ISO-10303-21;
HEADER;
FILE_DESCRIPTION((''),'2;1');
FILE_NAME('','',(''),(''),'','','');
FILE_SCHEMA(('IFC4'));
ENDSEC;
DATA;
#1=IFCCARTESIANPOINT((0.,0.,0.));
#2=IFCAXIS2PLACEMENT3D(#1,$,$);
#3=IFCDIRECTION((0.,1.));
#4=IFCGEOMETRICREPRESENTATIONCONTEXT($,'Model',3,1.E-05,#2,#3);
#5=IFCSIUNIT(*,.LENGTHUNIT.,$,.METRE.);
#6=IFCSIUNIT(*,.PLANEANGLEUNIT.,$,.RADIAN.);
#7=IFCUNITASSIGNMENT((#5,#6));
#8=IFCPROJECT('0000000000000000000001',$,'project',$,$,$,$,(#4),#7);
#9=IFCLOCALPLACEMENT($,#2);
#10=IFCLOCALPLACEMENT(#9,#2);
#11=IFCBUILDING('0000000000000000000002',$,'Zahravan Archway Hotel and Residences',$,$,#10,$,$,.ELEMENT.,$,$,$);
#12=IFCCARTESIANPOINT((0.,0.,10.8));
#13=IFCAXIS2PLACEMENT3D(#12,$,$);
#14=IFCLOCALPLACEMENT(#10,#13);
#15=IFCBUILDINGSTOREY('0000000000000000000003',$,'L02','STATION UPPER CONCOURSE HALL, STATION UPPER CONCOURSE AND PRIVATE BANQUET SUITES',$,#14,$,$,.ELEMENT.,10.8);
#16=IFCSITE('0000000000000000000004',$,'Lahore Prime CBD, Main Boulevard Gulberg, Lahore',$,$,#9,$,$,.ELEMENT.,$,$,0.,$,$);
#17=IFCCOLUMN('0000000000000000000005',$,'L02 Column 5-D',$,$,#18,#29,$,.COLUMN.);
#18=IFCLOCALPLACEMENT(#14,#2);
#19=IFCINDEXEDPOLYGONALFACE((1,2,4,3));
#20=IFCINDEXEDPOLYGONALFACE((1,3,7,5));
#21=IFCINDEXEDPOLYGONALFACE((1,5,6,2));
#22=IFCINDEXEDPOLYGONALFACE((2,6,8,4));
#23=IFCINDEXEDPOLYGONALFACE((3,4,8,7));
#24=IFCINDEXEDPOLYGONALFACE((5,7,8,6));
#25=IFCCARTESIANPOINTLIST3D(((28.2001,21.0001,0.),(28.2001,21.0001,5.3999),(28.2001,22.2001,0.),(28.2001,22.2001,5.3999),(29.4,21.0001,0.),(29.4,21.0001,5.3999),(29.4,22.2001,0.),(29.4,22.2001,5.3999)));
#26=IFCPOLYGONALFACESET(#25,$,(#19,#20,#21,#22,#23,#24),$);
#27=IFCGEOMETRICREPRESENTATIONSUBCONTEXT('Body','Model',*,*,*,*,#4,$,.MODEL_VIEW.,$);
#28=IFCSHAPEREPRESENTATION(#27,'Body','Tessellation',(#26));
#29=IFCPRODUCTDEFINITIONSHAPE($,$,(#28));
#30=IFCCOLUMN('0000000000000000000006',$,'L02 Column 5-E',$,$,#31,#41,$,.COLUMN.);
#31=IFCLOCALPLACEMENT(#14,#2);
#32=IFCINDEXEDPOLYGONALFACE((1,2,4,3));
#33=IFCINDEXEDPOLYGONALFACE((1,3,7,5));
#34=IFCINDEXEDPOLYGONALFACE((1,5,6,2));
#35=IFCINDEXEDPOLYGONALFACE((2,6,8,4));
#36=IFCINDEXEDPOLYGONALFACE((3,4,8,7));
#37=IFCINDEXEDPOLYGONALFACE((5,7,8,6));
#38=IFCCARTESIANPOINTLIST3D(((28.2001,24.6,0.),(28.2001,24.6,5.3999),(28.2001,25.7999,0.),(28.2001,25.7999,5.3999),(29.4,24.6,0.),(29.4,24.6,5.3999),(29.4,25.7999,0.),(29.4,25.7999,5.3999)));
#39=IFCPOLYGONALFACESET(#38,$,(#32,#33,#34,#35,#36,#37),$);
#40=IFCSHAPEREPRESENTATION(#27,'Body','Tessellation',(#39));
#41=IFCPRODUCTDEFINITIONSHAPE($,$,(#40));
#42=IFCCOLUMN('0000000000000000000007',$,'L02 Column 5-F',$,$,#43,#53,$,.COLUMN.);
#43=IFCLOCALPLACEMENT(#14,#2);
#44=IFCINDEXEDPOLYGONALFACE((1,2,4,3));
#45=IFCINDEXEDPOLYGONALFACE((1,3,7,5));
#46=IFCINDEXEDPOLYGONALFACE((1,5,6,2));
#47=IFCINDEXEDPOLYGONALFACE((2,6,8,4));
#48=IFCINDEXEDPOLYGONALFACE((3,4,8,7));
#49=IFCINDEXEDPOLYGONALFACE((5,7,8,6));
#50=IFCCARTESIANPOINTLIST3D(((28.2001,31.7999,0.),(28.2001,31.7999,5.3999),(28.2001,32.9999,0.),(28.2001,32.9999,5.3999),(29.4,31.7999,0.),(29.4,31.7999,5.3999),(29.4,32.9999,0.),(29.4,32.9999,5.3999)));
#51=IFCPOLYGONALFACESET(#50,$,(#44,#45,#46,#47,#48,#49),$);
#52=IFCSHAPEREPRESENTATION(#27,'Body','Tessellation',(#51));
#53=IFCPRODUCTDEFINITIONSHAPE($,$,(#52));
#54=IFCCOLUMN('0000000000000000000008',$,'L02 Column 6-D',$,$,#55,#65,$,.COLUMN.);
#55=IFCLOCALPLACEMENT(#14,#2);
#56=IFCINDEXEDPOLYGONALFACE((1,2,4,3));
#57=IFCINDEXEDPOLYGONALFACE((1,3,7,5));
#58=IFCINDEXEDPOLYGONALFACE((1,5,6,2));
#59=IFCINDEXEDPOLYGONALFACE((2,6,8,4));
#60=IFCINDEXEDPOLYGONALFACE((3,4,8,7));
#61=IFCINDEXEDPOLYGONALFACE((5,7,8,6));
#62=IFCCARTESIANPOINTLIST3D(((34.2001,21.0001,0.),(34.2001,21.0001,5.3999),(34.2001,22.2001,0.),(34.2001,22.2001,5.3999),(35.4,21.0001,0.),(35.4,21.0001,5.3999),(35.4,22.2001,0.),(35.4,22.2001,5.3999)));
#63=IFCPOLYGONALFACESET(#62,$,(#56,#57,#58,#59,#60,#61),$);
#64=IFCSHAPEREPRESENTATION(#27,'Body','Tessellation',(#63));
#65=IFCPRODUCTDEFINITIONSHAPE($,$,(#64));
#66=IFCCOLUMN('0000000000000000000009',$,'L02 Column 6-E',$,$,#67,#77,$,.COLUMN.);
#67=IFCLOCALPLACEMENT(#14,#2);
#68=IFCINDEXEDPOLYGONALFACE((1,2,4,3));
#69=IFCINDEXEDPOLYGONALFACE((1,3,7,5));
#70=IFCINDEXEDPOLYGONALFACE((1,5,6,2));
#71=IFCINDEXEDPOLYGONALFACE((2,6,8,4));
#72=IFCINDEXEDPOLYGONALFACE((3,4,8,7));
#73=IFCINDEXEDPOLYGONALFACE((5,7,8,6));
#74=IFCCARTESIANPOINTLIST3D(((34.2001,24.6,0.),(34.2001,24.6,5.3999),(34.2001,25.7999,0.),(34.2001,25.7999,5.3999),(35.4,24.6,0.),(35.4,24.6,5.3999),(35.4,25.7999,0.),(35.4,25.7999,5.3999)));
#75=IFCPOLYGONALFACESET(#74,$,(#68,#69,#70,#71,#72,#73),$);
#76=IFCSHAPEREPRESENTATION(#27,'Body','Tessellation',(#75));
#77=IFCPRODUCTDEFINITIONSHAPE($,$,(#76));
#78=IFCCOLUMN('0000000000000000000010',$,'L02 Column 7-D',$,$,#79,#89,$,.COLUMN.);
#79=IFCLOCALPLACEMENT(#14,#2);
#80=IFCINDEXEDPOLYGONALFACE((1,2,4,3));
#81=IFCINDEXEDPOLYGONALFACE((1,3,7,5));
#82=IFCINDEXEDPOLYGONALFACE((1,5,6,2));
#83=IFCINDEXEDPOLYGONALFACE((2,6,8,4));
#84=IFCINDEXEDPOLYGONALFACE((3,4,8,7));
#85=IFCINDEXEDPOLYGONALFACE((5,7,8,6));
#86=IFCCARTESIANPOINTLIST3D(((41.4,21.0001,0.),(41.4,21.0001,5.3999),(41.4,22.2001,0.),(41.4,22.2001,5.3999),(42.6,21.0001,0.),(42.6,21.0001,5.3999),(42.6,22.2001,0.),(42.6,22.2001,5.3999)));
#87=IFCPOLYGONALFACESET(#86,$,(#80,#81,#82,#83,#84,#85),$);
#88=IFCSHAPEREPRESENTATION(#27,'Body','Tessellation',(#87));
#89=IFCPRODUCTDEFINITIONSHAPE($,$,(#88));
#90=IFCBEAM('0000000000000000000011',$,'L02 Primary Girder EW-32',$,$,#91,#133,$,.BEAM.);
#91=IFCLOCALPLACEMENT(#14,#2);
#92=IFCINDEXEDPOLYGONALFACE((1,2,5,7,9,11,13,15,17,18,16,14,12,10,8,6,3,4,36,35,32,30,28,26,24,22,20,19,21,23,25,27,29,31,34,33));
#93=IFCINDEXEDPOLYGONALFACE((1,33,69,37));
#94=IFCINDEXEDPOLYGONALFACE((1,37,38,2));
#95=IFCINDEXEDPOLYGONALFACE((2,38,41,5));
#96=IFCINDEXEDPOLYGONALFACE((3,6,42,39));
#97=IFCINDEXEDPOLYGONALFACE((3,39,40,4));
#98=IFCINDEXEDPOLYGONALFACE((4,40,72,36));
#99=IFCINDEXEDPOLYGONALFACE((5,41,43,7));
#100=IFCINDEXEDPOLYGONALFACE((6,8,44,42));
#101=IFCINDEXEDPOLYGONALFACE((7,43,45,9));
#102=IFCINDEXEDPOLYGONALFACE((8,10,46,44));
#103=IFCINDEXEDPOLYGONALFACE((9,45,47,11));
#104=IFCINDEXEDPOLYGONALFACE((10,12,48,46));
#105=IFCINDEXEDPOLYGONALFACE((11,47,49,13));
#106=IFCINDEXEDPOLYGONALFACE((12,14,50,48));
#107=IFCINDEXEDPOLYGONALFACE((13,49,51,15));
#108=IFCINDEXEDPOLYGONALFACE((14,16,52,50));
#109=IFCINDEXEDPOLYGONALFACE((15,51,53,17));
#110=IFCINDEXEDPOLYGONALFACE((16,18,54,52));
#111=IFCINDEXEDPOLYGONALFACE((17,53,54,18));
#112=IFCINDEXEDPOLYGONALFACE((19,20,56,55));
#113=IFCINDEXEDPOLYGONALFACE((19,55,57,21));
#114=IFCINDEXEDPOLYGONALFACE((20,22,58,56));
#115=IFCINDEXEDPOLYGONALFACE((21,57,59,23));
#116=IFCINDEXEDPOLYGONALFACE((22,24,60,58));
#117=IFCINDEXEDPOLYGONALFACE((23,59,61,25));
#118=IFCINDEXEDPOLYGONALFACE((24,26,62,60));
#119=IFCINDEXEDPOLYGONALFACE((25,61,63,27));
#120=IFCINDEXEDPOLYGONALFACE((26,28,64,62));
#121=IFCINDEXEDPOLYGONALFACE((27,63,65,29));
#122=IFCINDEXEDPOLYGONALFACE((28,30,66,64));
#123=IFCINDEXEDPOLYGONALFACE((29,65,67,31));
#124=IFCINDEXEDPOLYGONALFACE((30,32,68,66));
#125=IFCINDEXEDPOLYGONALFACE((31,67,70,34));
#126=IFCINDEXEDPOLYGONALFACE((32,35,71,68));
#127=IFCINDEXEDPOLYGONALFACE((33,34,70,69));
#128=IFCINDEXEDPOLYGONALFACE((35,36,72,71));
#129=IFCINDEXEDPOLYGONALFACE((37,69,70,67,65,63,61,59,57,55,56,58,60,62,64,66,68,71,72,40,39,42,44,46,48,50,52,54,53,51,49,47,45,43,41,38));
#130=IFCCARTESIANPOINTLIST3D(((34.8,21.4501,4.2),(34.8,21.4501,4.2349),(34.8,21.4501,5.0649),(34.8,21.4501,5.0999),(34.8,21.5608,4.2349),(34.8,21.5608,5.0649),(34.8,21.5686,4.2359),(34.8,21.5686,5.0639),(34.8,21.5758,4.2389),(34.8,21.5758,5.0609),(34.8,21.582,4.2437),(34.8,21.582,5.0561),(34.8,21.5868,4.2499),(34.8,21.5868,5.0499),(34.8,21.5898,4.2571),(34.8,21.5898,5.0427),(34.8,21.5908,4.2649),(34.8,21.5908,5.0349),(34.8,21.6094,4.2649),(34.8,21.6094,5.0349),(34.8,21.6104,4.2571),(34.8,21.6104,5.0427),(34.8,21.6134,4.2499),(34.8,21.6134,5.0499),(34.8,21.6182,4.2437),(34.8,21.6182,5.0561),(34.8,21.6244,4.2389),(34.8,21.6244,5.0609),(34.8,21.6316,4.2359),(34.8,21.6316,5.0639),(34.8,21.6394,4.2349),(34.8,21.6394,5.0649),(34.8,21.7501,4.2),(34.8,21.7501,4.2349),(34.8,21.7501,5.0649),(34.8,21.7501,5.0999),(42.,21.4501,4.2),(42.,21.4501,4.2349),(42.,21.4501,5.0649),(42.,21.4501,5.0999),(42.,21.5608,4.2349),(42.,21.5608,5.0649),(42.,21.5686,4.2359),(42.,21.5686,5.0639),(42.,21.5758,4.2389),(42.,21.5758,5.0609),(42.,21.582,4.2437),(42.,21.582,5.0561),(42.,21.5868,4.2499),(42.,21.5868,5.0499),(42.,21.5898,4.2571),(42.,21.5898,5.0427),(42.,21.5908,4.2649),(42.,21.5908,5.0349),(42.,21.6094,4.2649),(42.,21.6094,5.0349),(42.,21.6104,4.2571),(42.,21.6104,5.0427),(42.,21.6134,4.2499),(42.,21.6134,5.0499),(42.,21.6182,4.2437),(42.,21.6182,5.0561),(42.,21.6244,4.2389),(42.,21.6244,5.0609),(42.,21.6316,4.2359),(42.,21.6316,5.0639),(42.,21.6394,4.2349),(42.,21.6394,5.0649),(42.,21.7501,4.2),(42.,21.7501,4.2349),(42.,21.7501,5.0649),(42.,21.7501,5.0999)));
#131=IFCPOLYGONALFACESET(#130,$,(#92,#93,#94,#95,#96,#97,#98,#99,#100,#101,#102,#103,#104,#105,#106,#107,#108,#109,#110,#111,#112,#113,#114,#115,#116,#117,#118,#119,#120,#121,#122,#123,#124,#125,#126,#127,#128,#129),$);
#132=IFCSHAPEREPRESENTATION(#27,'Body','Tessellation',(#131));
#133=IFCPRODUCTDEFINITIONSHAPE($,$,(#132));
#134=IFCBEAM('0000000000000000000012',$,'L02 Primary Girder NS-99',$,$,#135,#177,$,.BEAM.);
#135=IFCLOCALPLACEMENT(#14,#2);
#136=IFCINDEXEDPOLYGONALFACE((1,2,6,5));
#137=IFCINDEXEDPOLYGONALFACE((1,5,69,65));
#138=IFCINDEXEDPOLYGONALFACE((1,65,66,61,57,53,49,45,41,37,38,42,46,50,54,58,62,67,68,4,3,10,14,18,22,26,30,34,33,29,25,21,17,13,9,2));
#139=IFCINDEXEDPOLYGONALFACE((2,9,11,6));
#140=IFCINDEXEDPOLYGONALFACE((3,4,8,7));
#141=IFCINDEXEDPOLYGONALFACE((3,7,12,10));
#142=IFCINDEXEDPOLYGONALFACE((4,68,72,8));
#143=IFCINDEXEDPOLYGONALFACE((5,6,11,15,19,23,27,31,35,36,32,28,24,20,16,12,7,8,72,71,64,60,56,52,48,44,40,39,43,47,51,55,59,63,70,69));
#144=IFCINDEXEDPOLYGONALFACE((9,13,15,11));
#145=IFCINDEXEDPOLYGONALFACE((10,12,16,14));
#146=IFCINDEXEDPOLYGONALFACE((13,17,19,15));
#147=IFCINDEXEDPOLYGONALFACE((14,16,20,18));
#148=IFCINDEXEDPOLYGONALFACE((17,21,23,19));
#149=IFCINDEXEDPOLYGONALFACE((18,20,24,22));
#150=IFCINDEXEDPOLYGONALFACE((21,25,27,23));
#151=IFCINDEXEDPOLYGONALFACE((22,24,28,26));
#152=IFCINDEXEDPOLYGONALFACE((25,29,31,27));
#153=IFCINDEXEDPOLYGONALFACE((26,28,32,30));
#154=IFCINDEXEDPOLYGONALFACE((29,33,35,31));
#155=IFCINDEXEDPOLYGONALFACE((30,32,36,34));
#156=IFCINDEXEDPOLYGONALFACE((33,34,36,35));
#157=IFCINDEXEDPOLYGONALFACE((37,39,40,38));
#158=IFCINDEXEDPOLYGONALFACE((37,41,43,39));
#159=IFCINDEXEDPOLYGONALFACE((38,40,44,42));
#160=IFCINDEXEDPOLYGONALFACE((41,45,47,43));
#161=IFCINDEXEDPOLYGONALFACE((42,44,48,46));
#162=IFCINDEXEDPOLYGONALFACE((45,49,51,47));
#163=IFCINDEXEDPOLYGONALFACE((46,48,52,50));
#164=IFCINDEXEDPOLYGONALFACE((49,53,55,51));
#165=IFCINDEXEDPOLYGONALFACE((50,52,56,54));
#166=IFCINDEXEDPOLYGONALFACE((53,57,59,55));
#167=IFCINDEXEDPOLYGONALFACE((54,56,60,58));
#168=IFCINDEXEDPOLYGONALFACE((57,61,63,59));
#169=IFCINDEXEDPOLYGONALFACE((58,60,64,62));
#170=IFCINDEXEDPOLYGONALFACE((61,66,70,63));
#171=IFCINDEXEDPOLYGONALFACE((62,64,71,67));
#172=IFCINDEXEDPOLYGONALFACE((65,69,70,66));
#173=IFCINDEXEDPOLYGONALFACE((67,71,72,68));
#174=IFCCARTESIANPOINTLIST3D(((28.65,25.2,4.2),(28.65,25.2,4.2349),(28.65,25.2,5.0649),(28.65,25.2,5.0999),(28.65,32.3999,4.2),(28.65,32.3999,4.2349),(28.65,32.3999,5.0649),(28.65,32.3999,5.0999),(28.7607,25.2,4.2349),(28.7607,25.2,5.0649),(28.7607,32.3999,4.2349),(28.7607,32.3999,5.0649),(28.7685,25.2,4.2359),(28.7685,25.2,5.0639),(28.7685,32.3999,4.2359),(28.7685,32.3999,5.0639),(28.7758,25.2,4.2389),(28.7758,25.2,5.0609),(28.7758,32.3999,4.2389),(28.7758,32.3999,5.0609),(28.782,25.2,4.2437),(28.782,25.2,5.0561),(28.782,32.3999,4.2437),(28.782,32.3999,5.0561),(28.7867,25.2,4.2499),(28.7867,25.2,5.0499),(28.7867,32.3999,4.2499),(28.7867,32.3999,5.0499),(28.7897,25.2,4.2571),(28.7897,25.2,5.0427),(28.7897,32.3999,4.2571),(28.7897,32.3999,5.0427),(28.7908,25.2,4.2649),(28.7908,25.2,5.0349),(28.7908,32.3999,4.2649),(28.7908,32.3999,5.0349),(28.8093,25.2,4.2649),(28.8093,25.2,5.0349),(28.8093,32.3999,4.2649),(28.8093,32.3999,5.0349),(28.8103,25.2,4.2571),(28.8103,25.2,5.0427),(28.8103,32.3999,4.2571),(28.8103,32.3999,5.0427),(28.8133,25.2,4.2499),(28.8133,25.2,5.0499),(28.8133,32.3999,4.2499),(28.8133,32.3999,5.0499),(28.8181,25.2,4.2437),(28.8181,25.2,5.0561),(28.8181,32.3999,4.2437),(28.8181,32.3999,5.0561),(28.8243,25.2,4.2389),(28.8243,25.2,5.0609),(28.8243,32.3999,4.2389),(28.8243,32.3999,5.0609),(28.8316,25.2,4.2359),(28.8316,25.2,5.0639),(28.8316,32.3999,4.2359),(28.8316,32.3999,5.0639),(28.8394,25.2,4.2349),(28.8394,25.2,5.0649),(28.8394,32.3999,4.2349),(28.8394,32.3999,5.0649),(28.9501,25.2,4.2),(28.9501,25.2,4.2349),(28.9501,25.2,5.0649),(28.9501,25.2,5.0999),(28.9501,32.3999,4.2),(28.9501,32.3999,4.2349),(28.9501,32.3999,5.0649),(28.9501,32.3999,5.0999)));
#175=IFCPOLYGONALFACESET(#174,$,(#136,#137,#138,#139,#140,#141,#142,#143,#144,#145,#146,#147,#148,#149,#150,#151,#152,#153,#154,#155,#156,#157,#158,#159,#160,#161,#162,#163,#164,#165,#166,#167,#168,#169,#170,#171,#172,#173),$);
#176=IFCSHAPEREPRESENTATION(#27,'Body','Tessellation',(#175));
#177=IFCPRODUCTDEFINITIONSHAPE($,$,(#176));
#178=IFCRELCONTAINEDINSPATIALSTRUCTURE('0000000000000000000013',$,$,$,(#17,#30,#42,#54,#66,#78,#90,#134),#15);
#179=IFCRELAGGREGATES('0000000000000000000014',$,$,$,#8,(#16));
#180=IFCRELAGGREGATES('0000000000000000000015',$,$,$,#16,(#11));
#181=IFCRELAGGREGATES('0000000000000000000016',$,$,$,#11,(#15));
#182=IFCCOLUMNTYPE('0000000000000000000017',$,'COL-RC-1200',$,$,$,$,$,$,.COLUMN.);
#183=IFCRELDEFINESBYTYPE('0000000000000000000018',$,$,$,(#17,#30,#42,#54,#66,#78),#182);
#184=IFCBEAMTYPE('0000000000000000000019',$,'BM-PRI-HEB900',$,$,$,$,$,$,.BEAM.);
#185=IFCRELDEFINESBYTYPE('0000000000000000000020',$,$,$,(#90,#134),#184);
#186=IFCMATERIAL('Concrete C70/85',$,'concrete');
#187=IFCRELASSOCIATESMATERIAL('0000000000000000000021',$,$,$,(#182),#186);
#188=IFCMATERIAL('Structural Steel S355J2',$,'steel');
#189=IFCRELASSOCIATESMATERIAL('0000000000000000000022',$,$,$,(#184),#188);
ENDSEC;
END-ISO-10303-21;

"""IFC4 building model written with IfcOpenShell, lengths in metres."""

from ifc_helpers import new_model, si_unit, direction, frame, origin, origin_2d, place, context, subcontext, project, spatial, rectangle, i_section, extrude, source, transform, mapped, material, material_profile, profile_set, type_object, element, save


model = new_model("IFC4")

# Units and contexts
model_context = context("Model", 3, precision=1e-05, world=origin(), true_north=direction((0.0, 1.0)))
body_context = subcontext(model_context, "Body", "Model", "MODEL_VIEW")
ifc_project = project(units=[si_unit("LENGTHUNIT", "METRE"), si_unit("PLANEANGLEUNIT", "RADIAN")], contexts=[model_context])

# Site, building, storey
site_placement = place(None, origin())
site = spatial("IfcSite", under=ifc_project, at=site_placement, Name="Lahore Prime CBD, Main Boulevard Gulberg, Lahore", CompositionType="ELEMENT", RefElevation=0.0)
building_placement = place(site_placement, origin())
building = spatial("IfcBuilding", under=site, at=building_placement, Name="Zahravan Archway Hotel and Residences", CompositionType="ELEMENT")
storey_placement = place(building_placement, frame((0.0, 0.0, 10.8)))
storey = spatial("IfcBuildingStorey", under=building, at=storey_placement, Name="L02", Description="STATION UPPER CONCOURSE HALL, STATION UPPER CONCOURSE AND PRIVATE BANQUET SUITES", CompositionType="ELEMENT", Elevation=10.8)

# Columns
ifc_material_1 = material(Name="Concrete C70/85", Category="concrete")
ifc_material_profile_1 = material_profile(ifc_material_1, rectangle(XDim=1.2, YDim=1.2, at=origin_2d()), Name="RC-COL-1200x1200", Category="concrete")
ifc_profile_set_1 = profile_set([ifc_material_profile_1], Name="Concrete C70/85")
column_type = type_object("IfcColumnType", Name="COL-RC-1200", PredefinedType="COLUMN", material=ifc_profile_set_1)
shared_shape_1 = source(origin(), body_context, "Body", "SweptSolid", [
    extrude(rectangle(XDim=1.2, YDim=1.2, at=origin_2d()), origin(), (0.0, 0.0, 1.0), 5.3999),
])
for number, where, z_axis, x_axis, name in (
    (1, (28.8, 21.6001, 0.0), (0.0, 0.0, 1.0), (1.0, 0.0, 0.0), "L02 Column 5-D"),
    (2, (28.8, 25.2, 0.0), (0.0, 0.0, 1.0), (1.0, 0.0, 0.0), "L02 Column 5-E"),
    (3, (28.8, 32.3999, 0.0), (0.0, 0.0, 1.0), (1.0, 0.0, 0.0), "L02 Column 5-F"),
    (4, (34.8, 21.6001, 0.0), (0.0, 0.0, 1.0), (1.0, 0.0, 0.0), "L02 Column 6-D"),
    (5, (34.8, 25.2, 0.0), (0.0, 0.0, 1.0), (1.0, 0.0, 0.0), "L02 Column 6-E"),
    (6, (42.0, 21.6001, 0.0), (0.0, 0.0, 1.0), (1.0, 0.0, 0.0), "L02 Column 7-D"),
):
    element("IfcColumn", number, at=place(storey_placement, frame(where, z_axis=z_axis, x_axis=x_axis)), inside=storey, type_object=column_type, Name=name, PredefinedType="COLUMN", context=body_context, shape_type="MappedRepresentation", body=[
        mapped(shared_shape_1, transform((0.0, 0.0, 0.0), scale=1.0)),
    ])

# Beams
ifc_material_2 = material(Name="Structural Steel S355J2", Category="steel")
ifc_material_profile_2 = material_profile(ifc_material_2, i_section(OverallWidth=0.3, OverallDepth=0.8999, WebThickness=0.0186, FlangeThickness=0.0349, FilletRadius=0.03, at=origin_2d()), Name="HEB 900", Category="steel")
ifc_profile_set_2 = profile_set([ifc_material_profile_2], Name="Structural Steel S355J2")
beam_type_1 = type_object("IfcBeamType", Name="BM-PRI-HEB900", PredefinedType="BEAM", material=ifc_profile_set_2)
shared_shape_2 = source(origin(), body_context, "Body", "SweptSolid", [
    extrude(i_section(OverallWidth=0.3, OverallDepth=0.8999, WebThickness=0.0186, FlangeThickness=0.0349, FilletRadius=0.03, at=origin_2d()), origin(), (0.0, 0.0, 1.0), 7.2),
])
for number, where, z_axis, x_axis, name in (
    (7, (34.8, 21.6001, 4.6499), (1.0, 0.0, 0.0), (0.0, 1.0, 0.0), "L02 Primary Girder EW-32"),
    (8, (28.8, 25.2, 4.6499), (0.0, 1.0, 0.0), (-1.0, 0.0, 0.0), "L02 Primary Girder NS-99"),
):
    element("IfcBeam", number, at=place(storey_placement, frame(where, z_axis=z_axis, x_axis=x_axis)), inside=storey, type_object=beam_type_1, Name=name, PredefinedType="BEAM", context=body_context, shape_type="MappedRepresentation", body=[
        mapped(shared_shape_2, transform((0.0, 0.0, 0.0), scale=1.0)),
    ])

save(model, "model.ifc")
